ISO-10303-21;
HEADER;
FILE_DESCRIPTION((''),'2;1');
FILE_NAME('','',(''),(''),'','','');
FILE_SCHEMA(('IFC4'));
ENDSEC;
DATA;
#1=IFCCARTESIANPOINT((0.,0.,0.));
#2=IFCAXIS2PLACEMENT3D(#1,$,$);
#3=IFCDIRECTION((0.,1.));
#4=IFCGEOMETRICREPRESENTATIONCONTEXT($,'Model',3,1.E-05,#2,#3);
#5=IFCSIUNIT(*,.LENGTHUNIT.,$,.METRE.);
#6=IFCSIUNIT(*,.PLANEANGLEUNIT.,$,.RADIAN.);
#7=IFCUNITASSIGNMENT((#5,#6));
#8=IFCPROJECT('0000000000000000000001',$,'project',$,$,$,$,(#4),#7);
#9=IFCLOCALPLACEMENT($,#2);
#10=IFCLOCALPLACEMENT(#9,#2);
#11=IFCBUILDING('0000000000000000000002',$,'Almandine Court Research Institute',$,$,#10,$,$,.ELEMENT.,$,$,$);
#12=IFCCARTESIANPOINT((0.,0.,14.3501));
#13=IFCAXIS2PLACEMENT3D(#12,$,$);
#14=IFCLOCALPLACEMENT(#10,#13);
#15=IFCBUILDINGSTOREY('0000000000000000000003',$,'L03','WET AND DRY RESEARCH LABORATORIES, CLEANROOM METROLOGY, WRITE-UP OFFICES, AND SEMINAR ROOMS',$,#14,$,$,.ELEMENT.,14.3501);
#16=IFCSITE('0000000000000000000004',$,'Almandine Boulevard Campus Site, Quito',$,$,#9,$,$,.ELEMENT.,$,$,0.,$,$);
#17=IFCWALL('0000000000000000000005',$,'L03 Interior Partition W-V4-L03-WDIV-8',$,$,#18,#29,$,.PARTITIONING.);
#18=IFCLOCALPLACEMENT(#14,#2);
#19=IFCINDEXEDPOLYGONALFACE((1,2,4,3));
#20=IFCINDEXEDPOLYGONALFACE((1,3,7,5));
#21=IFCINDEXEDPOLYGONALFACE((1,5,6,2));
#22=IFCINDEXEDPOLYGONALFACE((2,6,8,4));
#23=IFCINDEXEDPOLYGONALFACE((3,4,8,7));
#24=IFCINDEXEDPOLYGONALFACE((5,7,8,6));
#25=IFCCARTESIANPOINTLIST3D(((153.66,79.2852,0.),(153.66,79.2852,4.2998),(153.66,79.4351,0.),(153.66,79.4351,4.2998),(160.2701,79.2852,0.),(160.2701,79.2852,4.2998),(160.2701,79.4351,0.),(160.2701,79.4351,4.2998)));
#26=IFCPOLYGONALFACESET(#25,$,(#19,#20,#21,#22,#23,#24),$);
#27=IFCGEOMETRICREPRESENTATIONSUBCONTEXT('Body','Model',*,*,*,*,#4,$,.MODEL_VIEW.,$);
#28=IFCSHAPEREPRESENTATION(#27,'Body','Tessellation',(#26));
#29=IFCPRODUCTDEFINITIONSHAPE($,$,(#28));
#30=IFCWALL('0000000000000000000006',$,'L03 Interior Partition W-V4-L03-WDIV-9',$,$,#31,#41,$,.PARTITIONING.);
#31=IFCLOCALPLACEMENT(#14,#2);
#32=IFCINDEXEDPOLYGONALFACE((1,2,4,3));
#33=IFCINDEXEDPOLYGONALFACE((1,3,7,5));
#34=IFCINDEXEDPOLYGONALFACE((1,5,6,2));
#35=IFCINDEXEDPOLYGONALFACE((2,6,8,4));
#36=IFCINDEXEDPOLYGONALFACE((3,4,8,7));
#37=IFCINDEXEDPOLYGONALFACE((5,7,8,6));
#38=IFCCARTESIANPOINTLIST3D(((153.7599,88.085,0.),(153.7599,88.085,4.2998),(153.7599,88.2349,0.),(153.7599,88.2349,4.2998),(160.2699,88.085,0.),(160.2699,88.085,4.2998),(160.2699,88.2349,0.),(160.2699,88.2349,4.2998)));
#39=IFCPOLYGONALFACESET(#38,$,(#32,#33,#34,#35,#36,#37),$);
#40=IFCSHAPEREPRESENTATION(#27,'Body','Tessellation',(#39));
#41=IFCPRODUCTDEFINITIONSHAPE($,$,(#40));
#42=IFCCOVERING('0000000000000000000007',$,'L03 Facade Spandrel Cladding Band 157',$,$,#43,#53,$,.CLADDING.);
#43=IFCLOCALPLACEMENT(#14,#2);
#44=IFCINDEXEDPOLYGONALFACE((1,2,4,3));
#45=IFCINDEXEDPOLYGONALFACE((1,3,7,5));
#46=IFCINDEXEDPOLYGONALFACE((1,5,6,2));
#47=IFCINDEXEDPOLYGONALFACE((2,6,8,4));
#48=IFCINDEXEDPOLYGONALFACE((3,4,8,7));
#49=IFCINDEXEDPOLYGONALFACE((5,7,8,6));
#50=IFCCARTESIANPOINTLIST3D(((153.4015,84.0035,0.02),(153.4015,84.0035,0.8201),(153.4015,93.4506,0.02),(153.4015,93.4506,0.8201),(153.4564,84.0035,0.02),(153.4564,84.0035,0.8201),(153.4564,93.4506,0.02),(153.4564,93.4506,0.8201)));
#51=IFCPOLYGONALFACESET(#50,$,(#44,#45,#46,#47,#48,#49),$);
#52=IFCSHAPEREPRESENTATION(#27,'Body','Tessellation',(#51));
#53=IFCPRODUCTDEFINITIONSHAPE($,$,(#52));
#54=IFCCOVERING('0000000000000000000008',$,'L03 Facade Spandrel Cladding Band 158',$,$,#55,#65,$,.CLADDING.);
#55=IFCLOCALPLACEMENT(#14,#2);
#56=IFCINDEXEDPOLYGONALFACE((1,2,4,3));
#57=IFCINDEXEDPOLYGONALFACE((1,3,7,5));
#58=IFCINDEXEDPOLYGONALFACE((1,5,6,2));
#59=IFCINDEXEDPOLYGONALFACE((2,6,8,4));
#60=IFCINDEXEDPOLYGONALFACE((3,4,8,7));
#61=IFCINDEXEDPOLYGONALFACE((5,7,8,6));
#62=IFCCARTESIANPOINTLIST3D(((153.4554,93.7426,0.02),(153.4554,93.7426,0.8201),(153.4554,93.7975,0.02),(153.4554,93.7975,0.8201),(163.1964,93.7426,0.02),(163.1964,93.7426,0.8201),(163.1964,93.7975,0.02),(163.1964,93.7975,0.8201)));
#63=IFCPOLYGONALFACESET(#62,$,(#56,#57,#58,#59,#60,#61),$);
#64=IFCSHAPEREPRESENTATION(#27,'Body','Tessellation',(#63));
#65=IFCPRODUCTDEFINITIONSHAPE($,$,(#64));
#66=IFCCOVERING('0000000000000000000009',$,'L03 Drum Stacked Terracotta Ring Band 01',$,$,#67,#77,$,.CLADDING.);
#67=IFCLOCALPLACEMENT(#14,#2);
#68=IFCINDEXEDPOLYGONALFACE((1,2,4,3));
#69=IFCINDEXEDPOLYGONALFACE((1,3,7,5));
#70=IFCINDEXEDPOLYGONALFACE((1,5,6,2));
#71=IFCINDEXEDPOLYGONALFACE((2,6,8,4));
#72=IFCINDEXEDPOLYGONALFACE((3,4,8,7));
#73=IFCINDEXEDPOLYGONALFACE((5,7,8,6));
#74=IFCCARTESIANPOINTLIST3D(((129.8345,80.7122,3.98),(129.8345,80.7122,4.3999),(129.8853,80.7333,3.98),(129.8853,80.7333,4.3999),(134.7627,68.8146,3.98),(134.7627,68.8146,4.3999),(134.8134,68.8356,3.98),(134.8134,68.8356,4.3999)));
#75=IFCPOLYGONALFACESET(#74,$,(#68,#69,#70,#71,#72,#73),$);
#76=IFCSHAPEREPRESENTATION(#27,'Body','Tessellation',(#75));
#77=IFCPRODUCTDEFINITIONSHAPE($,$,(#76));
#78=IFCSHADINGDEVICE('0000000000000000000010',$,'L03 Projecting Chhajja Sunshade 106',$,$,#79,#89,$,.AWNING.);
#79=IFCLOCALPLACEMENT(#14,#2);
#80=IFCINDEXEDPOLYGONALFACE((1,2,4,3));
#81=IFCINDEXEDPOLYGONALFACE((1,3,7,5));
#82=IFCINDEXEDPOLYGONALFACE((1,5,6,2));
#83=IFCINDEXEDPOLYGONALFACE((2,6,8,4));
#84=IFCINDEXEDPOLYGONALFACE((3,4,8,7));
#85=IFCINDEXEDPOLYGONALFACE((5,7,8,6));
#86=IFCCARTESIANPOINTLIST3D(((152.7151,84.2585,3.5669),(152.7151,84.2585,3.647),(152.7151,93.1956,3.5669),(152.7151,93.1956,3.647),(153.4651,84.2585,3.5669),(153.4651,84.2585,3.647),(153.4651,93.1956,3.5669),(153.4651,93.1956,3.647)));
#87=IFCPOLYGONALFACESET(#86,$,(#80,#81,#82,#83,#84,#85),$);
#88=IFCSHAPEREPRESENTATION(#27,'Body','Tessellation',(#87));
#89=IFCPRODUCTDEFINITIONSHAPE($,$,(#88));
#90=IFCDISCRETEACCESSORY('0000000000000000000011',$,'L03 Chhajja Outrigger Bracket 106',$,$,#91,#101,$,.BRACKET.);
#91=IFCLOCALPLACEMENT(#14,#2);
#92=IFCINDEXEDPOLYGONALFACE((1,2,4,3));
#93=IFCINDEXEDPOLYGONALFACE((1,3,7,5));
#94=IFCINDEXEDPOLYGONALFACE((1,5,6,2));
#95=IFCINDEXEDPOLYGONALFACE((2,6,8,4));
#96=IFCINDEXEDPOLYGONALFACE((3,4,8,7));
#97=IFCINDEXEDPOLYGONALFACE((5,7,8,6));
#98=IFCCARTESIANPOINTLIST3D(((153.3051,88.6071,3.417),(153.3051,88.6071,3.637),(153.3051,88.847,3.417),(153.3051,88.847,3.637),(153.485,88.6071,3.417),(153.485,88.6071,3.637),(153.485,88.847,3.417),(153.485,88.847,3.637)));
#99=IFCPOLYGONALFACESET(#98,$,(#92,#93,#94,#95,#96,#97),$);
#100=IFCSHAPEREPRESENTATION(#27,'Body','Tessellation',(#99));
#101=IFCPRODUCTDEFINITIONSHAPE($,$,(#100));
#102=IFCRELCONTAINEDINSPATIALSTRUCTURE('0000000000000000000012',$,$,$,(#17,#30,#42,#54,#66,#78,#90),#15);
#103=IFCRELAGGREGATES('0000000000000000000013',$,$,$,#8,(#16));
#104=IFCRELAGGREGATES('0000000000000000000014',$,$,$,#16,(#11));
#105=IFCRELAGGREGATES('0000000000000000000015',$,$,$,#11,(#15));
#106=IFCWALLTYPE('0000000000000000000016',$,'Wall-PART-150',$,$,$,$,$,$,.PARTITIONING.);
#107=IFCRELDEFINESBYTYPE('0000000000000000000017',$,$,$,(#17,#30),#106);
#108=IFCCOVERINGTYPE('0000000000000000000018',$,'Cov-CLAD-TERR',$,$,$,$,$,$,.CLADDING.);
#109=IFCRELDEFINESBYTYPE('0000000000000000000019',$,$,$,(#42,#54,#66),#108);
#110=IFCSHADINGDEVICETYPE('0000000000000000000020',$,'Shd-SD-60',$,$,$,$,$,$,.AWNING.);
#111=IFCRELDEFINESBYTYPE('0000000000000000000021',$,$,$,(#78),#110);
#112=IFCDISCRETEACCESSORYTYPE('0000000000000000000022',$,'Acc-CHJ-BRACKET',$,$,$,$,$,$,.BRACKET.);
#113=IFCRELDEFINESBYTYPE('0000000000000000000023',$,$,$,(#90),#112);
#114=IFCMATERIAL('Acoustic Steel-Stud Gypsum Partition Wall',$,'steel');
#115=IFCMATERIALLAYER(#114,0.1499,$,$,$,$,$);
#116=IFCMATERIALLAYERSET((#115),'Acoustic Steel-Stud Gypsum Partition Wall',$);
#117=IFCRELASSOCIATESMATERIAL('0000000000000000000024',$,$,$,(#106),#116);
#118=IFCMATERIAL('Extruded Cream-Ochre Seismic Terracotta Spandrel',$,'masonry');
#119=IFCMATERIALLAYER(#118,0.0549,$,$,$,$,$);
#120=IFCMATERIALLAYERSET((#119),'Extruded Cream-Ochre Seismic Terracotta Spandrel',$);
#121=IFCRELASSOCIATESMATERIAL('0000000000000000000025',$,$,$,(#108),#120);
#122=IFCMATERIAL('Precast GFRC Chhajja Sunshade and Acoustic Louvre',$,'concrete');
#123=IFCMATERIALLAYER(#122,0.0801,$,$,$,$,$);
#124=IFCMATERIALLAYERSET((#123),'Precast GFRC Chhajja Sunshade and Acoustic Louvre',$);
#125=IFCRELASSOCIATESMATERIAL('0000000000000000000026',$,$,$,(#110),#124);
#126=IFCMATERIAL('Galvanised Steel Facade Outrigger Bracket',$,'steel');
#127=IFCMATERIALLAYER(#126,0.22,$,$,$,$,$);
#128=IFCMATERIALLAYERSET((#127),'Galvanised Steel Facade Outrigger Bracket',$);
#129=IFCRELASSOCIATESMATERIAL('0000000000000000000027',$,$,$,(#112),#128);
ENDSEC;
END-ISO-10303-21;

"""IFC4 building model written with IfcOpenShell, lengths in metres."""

from ifc_helpers import new_model, si_unit, direction, frame, frame_2d, origin, origin_2d, place, context, subcontext, project, spatial, rectangle, extrude, material, layer, layer_set, type_object, element, save


model = new_model("IFC4")

# Units and contexts
model_context = context("Model", 3, precision=1e-05, world=origin(), true_north=direction((0.0, 1.0)))
body_context = subcontext(model_context, "Body", "Model", "MODEL_VIEW")
ifc_project = project(units=[si_unit("LENGTHUNIT", "METRE"), si_unit("PLANEANGLEUNIT", "RADIAN")], contexts=[model_context])

# Site, building, storey
site_placement = place(None, origin())
site = spatial("IfcSite", under=ifc_project, at=site_placement, Name="Almandine Boulevard Campus Site, Quito", CompositionType="ELEMENT", RefElevation=0.0)
building_placement = place(site_placement, origin())
building = spatial("IfcBuilding", under=site, at=building_placement, Name="Almandine Court Research Institute", CompositionType="ELEMENT")
storey_placement = place(building_placement, frame((0.0, 0.0, 14.3501)))
storey = spatial("IfcBuildingStorey", under=building, at=storey_placement, Name="L03", Description="WET AND DRY RESEARCH LABORATORIES, CLEANROOM METROLOGY, WRITE-UP OFFICES, AND SEMINAR ROOMS", CompositionType="ELEMENT", Elevation=14.3501)

# Walls
ifc_material_1 = material(Name="Acoustic Steel-Stud Gypsum Partition Wall", Category="steel")
ifc_layer_1 = layer(ifc_material_1, 0.1499)
ifc_layer_set_1 = layer_set([ifc_layer_1], Name="Acoustic Steel-Stud Gypsum Partition Wall")
wall_type_1 = type_object("IfcWallType", Name="Wall-PART-150", PredefinedType="PARTITIONING", material=ifc_layer_set_1)
wall_1_placement = place(storey_placement, frame((153.6599, 79.3601, 0.0), z_axis=(0.0, 0.0, 1.0), x_axis=(1.0, 0.0, 0.0)))
element("IfcWall", 1, at=wall_1_placement, inside=storey, type_object=wall_type_1, Name="L03 Interior Partition W-V4-L03-WDIV-8", PredefinedType="PARTITIONING", context=body_context, shape_type="SweptSolid", body=[
    extrude(rectangle(XDim=6.6101, YDim=0.1499, at=frame_2d((3.3052, 0.0))), origin(), (0.0, 0.0, 1.0), 4.2998),
])
wall_2_placement = place(storey_placement, frame((153.76, 88.1599, 0.0), z_axis=(0.0, 0.0, 1.0), x_axis=(1.0, 0.0, 0.0)))
element("IfcWall", 2, at=wall_2_placement, inside=storey, type_object=wall_type_1, Name="L03 Interior Partition W-V4-L03-WDIV-9", PredefinedType="PARTITIONING", context=body_context, shape_type="SweptSolid", body=[
    extrude(rectangle(XDim=6.51, YDim=0.1499, at=frame_2d((3.2549, 0.0))), origin(), (0.0, 0.0, 1.0), 4.2998),
])

# Coverings
ifc_material_2 = material(Name="Extruded Cream-Ochre Seismic Terracotta Spandrel", Category="masonry")
ifc_layer_2 = layer(ifc_material_2, 0.0549)
ifc_layer_set_2 = layer_set([ifc_layer_2], Name="Extruded Cream-Ochre Seismic Terracotta Spandrel")
covering_type = type_object("IfcCoveringType", Name="Cov-CLAD-TERR", PredefinedType="CLADDING", material=ifc_layer_set_2)
covering_1_placement = place(storey_placement, frame((153.429, 88.7271, 0.02), z_axis=(0.0, 0.0, 1.0), x_axis=(0.0, 1.0, 0.0)))
element("IfcCovering", 3, at=covering_1_placement, inside=storey, type_object=covering_type, Name="L03 Facade Spandrel Cladding Band 157", PredefinedType="CLADDING", context=body_context, shape_type="SweptSolid", body=[
    extrude(rectangle(XDim=9.447, YDim=0.0549, at=origin_2d()), origin(), (0.0, 0.0, 1.0), 0.8),
])
covering_2_placement = place(storey_placement, frame((158.3259, 93.77, 0.02), z_axis=(0.0, 0.0, 1.0), x_axis=(1.0, 0.0, 0.0)))
element("IfcCovering", 4, at=covering_2_placement, inside=storey, type_object=covering_type, Name="L03 Facade Spandrel Cladding Band 158", PredefinedType="CLADDING", context=body_context, shape_type="SweptSolid", body=[
    extrude(rectangle(XDim=9.741, YDim=0.0549, at=origin_2d()), origin(), (0.0, 0.0, 1.0), 0.8),
])
covering_3_placement = place(storey_placement, frame((132.324, 74.7739, 3.98), z_axis=(0.0, 0.0, 1.0), x_axis=(0.382683, -0.92388, 0.0)))
element("IfcCovering", 5, at=covering_3_placement, inside=storey, type_object=covering_type, Name="L03 Drum Stacked Terracotta Ring Band 01", PredefinedType="CLADDING", context=body_context, shape_type="SweptSolid", body=[
    extrude(rectangle(XDim=12.8779, YDim=0.0549, at=origin_2d()), origin(), (0.0, 0.0, 1.0), 0.4199),
])

# Shading device
ifc_material_3 = material(Name="Precast GFRC Chhajja Sunshade and Acoustic Louvre", Category="concrete")
ifc_layer_3 = layer(ifc_material_3, 0.0801)
ifc_layer_set_3 = layer_set([ifc_layer_3], Name="Precast GFRC Chhajja Sunshade and Acoustic Louvre")
shading_device_type = type_object("IfcShadingDeviceType", Name="Shd-SD-60", PredefinedType="AWNING", material=ifc_layer_set_3)
shading_device_placement = place(storey_placement, frame((153.0901, 88.7271, 3.5669), z_axis=(0.0, 0.0, 1.0), x_axis=(0.0, 1.0, 0.0)))
element("IfcShadingDevice", 6, at=shading_device_placement, inside=storey, type_object=shading_device_type, Name="L03 Projecting Chhajja Sunshade 106", PredefinedType="AWNING", context=body_context, shape_type="SweptSolid", body=[
    extrude(rectangle(XDim=8.937, YDim=0.75, at=origin_2d()), origin(), (0.0, 0.0, 1.0), 0.0801),
])

# Discrete accessory
ifc_material_4 = material(Name="Galvanised Steel Facade Outrigger Bracket", Category="steel")
ifc_layer_4 = layer(ifc_material_4, 0.22)
ifc_layer_set_4 = layer_set([ifc_layer_4], Name="Galvanised Steel Facade Outrigger Bracket")
discrete_accessory_type = type_object("IfcDiscreteAccessoryType", Name="Acc-CHJ-BRACKET", PredefinedType="BRACKET", material=ifc_layer_set_4)
discrete_accessory_placement = place(storey_placement, frame((153.395, 88.7271, 3.417), z_axis=(0.0, 0.0, 1.0), x_axis=(0.0, 1.0, 0.0)))
element("IfcDiscreteAccessory", 7, at=discrete_accessory_placement, inside=storey, type_object=discrete_accessory_type, Name="L03 Chhajja Outrigger Bracket 106", PredefinedType="BRACKET", context=body_context, shape_type="SweptSolid", body=[
    extrude(rectangle(XDim=0.24, YDim=0.1799, at=origin_2d()), origin(), (0.0, 0.0, 1.0), 0.22),
])

save(model, "model.ifc")
